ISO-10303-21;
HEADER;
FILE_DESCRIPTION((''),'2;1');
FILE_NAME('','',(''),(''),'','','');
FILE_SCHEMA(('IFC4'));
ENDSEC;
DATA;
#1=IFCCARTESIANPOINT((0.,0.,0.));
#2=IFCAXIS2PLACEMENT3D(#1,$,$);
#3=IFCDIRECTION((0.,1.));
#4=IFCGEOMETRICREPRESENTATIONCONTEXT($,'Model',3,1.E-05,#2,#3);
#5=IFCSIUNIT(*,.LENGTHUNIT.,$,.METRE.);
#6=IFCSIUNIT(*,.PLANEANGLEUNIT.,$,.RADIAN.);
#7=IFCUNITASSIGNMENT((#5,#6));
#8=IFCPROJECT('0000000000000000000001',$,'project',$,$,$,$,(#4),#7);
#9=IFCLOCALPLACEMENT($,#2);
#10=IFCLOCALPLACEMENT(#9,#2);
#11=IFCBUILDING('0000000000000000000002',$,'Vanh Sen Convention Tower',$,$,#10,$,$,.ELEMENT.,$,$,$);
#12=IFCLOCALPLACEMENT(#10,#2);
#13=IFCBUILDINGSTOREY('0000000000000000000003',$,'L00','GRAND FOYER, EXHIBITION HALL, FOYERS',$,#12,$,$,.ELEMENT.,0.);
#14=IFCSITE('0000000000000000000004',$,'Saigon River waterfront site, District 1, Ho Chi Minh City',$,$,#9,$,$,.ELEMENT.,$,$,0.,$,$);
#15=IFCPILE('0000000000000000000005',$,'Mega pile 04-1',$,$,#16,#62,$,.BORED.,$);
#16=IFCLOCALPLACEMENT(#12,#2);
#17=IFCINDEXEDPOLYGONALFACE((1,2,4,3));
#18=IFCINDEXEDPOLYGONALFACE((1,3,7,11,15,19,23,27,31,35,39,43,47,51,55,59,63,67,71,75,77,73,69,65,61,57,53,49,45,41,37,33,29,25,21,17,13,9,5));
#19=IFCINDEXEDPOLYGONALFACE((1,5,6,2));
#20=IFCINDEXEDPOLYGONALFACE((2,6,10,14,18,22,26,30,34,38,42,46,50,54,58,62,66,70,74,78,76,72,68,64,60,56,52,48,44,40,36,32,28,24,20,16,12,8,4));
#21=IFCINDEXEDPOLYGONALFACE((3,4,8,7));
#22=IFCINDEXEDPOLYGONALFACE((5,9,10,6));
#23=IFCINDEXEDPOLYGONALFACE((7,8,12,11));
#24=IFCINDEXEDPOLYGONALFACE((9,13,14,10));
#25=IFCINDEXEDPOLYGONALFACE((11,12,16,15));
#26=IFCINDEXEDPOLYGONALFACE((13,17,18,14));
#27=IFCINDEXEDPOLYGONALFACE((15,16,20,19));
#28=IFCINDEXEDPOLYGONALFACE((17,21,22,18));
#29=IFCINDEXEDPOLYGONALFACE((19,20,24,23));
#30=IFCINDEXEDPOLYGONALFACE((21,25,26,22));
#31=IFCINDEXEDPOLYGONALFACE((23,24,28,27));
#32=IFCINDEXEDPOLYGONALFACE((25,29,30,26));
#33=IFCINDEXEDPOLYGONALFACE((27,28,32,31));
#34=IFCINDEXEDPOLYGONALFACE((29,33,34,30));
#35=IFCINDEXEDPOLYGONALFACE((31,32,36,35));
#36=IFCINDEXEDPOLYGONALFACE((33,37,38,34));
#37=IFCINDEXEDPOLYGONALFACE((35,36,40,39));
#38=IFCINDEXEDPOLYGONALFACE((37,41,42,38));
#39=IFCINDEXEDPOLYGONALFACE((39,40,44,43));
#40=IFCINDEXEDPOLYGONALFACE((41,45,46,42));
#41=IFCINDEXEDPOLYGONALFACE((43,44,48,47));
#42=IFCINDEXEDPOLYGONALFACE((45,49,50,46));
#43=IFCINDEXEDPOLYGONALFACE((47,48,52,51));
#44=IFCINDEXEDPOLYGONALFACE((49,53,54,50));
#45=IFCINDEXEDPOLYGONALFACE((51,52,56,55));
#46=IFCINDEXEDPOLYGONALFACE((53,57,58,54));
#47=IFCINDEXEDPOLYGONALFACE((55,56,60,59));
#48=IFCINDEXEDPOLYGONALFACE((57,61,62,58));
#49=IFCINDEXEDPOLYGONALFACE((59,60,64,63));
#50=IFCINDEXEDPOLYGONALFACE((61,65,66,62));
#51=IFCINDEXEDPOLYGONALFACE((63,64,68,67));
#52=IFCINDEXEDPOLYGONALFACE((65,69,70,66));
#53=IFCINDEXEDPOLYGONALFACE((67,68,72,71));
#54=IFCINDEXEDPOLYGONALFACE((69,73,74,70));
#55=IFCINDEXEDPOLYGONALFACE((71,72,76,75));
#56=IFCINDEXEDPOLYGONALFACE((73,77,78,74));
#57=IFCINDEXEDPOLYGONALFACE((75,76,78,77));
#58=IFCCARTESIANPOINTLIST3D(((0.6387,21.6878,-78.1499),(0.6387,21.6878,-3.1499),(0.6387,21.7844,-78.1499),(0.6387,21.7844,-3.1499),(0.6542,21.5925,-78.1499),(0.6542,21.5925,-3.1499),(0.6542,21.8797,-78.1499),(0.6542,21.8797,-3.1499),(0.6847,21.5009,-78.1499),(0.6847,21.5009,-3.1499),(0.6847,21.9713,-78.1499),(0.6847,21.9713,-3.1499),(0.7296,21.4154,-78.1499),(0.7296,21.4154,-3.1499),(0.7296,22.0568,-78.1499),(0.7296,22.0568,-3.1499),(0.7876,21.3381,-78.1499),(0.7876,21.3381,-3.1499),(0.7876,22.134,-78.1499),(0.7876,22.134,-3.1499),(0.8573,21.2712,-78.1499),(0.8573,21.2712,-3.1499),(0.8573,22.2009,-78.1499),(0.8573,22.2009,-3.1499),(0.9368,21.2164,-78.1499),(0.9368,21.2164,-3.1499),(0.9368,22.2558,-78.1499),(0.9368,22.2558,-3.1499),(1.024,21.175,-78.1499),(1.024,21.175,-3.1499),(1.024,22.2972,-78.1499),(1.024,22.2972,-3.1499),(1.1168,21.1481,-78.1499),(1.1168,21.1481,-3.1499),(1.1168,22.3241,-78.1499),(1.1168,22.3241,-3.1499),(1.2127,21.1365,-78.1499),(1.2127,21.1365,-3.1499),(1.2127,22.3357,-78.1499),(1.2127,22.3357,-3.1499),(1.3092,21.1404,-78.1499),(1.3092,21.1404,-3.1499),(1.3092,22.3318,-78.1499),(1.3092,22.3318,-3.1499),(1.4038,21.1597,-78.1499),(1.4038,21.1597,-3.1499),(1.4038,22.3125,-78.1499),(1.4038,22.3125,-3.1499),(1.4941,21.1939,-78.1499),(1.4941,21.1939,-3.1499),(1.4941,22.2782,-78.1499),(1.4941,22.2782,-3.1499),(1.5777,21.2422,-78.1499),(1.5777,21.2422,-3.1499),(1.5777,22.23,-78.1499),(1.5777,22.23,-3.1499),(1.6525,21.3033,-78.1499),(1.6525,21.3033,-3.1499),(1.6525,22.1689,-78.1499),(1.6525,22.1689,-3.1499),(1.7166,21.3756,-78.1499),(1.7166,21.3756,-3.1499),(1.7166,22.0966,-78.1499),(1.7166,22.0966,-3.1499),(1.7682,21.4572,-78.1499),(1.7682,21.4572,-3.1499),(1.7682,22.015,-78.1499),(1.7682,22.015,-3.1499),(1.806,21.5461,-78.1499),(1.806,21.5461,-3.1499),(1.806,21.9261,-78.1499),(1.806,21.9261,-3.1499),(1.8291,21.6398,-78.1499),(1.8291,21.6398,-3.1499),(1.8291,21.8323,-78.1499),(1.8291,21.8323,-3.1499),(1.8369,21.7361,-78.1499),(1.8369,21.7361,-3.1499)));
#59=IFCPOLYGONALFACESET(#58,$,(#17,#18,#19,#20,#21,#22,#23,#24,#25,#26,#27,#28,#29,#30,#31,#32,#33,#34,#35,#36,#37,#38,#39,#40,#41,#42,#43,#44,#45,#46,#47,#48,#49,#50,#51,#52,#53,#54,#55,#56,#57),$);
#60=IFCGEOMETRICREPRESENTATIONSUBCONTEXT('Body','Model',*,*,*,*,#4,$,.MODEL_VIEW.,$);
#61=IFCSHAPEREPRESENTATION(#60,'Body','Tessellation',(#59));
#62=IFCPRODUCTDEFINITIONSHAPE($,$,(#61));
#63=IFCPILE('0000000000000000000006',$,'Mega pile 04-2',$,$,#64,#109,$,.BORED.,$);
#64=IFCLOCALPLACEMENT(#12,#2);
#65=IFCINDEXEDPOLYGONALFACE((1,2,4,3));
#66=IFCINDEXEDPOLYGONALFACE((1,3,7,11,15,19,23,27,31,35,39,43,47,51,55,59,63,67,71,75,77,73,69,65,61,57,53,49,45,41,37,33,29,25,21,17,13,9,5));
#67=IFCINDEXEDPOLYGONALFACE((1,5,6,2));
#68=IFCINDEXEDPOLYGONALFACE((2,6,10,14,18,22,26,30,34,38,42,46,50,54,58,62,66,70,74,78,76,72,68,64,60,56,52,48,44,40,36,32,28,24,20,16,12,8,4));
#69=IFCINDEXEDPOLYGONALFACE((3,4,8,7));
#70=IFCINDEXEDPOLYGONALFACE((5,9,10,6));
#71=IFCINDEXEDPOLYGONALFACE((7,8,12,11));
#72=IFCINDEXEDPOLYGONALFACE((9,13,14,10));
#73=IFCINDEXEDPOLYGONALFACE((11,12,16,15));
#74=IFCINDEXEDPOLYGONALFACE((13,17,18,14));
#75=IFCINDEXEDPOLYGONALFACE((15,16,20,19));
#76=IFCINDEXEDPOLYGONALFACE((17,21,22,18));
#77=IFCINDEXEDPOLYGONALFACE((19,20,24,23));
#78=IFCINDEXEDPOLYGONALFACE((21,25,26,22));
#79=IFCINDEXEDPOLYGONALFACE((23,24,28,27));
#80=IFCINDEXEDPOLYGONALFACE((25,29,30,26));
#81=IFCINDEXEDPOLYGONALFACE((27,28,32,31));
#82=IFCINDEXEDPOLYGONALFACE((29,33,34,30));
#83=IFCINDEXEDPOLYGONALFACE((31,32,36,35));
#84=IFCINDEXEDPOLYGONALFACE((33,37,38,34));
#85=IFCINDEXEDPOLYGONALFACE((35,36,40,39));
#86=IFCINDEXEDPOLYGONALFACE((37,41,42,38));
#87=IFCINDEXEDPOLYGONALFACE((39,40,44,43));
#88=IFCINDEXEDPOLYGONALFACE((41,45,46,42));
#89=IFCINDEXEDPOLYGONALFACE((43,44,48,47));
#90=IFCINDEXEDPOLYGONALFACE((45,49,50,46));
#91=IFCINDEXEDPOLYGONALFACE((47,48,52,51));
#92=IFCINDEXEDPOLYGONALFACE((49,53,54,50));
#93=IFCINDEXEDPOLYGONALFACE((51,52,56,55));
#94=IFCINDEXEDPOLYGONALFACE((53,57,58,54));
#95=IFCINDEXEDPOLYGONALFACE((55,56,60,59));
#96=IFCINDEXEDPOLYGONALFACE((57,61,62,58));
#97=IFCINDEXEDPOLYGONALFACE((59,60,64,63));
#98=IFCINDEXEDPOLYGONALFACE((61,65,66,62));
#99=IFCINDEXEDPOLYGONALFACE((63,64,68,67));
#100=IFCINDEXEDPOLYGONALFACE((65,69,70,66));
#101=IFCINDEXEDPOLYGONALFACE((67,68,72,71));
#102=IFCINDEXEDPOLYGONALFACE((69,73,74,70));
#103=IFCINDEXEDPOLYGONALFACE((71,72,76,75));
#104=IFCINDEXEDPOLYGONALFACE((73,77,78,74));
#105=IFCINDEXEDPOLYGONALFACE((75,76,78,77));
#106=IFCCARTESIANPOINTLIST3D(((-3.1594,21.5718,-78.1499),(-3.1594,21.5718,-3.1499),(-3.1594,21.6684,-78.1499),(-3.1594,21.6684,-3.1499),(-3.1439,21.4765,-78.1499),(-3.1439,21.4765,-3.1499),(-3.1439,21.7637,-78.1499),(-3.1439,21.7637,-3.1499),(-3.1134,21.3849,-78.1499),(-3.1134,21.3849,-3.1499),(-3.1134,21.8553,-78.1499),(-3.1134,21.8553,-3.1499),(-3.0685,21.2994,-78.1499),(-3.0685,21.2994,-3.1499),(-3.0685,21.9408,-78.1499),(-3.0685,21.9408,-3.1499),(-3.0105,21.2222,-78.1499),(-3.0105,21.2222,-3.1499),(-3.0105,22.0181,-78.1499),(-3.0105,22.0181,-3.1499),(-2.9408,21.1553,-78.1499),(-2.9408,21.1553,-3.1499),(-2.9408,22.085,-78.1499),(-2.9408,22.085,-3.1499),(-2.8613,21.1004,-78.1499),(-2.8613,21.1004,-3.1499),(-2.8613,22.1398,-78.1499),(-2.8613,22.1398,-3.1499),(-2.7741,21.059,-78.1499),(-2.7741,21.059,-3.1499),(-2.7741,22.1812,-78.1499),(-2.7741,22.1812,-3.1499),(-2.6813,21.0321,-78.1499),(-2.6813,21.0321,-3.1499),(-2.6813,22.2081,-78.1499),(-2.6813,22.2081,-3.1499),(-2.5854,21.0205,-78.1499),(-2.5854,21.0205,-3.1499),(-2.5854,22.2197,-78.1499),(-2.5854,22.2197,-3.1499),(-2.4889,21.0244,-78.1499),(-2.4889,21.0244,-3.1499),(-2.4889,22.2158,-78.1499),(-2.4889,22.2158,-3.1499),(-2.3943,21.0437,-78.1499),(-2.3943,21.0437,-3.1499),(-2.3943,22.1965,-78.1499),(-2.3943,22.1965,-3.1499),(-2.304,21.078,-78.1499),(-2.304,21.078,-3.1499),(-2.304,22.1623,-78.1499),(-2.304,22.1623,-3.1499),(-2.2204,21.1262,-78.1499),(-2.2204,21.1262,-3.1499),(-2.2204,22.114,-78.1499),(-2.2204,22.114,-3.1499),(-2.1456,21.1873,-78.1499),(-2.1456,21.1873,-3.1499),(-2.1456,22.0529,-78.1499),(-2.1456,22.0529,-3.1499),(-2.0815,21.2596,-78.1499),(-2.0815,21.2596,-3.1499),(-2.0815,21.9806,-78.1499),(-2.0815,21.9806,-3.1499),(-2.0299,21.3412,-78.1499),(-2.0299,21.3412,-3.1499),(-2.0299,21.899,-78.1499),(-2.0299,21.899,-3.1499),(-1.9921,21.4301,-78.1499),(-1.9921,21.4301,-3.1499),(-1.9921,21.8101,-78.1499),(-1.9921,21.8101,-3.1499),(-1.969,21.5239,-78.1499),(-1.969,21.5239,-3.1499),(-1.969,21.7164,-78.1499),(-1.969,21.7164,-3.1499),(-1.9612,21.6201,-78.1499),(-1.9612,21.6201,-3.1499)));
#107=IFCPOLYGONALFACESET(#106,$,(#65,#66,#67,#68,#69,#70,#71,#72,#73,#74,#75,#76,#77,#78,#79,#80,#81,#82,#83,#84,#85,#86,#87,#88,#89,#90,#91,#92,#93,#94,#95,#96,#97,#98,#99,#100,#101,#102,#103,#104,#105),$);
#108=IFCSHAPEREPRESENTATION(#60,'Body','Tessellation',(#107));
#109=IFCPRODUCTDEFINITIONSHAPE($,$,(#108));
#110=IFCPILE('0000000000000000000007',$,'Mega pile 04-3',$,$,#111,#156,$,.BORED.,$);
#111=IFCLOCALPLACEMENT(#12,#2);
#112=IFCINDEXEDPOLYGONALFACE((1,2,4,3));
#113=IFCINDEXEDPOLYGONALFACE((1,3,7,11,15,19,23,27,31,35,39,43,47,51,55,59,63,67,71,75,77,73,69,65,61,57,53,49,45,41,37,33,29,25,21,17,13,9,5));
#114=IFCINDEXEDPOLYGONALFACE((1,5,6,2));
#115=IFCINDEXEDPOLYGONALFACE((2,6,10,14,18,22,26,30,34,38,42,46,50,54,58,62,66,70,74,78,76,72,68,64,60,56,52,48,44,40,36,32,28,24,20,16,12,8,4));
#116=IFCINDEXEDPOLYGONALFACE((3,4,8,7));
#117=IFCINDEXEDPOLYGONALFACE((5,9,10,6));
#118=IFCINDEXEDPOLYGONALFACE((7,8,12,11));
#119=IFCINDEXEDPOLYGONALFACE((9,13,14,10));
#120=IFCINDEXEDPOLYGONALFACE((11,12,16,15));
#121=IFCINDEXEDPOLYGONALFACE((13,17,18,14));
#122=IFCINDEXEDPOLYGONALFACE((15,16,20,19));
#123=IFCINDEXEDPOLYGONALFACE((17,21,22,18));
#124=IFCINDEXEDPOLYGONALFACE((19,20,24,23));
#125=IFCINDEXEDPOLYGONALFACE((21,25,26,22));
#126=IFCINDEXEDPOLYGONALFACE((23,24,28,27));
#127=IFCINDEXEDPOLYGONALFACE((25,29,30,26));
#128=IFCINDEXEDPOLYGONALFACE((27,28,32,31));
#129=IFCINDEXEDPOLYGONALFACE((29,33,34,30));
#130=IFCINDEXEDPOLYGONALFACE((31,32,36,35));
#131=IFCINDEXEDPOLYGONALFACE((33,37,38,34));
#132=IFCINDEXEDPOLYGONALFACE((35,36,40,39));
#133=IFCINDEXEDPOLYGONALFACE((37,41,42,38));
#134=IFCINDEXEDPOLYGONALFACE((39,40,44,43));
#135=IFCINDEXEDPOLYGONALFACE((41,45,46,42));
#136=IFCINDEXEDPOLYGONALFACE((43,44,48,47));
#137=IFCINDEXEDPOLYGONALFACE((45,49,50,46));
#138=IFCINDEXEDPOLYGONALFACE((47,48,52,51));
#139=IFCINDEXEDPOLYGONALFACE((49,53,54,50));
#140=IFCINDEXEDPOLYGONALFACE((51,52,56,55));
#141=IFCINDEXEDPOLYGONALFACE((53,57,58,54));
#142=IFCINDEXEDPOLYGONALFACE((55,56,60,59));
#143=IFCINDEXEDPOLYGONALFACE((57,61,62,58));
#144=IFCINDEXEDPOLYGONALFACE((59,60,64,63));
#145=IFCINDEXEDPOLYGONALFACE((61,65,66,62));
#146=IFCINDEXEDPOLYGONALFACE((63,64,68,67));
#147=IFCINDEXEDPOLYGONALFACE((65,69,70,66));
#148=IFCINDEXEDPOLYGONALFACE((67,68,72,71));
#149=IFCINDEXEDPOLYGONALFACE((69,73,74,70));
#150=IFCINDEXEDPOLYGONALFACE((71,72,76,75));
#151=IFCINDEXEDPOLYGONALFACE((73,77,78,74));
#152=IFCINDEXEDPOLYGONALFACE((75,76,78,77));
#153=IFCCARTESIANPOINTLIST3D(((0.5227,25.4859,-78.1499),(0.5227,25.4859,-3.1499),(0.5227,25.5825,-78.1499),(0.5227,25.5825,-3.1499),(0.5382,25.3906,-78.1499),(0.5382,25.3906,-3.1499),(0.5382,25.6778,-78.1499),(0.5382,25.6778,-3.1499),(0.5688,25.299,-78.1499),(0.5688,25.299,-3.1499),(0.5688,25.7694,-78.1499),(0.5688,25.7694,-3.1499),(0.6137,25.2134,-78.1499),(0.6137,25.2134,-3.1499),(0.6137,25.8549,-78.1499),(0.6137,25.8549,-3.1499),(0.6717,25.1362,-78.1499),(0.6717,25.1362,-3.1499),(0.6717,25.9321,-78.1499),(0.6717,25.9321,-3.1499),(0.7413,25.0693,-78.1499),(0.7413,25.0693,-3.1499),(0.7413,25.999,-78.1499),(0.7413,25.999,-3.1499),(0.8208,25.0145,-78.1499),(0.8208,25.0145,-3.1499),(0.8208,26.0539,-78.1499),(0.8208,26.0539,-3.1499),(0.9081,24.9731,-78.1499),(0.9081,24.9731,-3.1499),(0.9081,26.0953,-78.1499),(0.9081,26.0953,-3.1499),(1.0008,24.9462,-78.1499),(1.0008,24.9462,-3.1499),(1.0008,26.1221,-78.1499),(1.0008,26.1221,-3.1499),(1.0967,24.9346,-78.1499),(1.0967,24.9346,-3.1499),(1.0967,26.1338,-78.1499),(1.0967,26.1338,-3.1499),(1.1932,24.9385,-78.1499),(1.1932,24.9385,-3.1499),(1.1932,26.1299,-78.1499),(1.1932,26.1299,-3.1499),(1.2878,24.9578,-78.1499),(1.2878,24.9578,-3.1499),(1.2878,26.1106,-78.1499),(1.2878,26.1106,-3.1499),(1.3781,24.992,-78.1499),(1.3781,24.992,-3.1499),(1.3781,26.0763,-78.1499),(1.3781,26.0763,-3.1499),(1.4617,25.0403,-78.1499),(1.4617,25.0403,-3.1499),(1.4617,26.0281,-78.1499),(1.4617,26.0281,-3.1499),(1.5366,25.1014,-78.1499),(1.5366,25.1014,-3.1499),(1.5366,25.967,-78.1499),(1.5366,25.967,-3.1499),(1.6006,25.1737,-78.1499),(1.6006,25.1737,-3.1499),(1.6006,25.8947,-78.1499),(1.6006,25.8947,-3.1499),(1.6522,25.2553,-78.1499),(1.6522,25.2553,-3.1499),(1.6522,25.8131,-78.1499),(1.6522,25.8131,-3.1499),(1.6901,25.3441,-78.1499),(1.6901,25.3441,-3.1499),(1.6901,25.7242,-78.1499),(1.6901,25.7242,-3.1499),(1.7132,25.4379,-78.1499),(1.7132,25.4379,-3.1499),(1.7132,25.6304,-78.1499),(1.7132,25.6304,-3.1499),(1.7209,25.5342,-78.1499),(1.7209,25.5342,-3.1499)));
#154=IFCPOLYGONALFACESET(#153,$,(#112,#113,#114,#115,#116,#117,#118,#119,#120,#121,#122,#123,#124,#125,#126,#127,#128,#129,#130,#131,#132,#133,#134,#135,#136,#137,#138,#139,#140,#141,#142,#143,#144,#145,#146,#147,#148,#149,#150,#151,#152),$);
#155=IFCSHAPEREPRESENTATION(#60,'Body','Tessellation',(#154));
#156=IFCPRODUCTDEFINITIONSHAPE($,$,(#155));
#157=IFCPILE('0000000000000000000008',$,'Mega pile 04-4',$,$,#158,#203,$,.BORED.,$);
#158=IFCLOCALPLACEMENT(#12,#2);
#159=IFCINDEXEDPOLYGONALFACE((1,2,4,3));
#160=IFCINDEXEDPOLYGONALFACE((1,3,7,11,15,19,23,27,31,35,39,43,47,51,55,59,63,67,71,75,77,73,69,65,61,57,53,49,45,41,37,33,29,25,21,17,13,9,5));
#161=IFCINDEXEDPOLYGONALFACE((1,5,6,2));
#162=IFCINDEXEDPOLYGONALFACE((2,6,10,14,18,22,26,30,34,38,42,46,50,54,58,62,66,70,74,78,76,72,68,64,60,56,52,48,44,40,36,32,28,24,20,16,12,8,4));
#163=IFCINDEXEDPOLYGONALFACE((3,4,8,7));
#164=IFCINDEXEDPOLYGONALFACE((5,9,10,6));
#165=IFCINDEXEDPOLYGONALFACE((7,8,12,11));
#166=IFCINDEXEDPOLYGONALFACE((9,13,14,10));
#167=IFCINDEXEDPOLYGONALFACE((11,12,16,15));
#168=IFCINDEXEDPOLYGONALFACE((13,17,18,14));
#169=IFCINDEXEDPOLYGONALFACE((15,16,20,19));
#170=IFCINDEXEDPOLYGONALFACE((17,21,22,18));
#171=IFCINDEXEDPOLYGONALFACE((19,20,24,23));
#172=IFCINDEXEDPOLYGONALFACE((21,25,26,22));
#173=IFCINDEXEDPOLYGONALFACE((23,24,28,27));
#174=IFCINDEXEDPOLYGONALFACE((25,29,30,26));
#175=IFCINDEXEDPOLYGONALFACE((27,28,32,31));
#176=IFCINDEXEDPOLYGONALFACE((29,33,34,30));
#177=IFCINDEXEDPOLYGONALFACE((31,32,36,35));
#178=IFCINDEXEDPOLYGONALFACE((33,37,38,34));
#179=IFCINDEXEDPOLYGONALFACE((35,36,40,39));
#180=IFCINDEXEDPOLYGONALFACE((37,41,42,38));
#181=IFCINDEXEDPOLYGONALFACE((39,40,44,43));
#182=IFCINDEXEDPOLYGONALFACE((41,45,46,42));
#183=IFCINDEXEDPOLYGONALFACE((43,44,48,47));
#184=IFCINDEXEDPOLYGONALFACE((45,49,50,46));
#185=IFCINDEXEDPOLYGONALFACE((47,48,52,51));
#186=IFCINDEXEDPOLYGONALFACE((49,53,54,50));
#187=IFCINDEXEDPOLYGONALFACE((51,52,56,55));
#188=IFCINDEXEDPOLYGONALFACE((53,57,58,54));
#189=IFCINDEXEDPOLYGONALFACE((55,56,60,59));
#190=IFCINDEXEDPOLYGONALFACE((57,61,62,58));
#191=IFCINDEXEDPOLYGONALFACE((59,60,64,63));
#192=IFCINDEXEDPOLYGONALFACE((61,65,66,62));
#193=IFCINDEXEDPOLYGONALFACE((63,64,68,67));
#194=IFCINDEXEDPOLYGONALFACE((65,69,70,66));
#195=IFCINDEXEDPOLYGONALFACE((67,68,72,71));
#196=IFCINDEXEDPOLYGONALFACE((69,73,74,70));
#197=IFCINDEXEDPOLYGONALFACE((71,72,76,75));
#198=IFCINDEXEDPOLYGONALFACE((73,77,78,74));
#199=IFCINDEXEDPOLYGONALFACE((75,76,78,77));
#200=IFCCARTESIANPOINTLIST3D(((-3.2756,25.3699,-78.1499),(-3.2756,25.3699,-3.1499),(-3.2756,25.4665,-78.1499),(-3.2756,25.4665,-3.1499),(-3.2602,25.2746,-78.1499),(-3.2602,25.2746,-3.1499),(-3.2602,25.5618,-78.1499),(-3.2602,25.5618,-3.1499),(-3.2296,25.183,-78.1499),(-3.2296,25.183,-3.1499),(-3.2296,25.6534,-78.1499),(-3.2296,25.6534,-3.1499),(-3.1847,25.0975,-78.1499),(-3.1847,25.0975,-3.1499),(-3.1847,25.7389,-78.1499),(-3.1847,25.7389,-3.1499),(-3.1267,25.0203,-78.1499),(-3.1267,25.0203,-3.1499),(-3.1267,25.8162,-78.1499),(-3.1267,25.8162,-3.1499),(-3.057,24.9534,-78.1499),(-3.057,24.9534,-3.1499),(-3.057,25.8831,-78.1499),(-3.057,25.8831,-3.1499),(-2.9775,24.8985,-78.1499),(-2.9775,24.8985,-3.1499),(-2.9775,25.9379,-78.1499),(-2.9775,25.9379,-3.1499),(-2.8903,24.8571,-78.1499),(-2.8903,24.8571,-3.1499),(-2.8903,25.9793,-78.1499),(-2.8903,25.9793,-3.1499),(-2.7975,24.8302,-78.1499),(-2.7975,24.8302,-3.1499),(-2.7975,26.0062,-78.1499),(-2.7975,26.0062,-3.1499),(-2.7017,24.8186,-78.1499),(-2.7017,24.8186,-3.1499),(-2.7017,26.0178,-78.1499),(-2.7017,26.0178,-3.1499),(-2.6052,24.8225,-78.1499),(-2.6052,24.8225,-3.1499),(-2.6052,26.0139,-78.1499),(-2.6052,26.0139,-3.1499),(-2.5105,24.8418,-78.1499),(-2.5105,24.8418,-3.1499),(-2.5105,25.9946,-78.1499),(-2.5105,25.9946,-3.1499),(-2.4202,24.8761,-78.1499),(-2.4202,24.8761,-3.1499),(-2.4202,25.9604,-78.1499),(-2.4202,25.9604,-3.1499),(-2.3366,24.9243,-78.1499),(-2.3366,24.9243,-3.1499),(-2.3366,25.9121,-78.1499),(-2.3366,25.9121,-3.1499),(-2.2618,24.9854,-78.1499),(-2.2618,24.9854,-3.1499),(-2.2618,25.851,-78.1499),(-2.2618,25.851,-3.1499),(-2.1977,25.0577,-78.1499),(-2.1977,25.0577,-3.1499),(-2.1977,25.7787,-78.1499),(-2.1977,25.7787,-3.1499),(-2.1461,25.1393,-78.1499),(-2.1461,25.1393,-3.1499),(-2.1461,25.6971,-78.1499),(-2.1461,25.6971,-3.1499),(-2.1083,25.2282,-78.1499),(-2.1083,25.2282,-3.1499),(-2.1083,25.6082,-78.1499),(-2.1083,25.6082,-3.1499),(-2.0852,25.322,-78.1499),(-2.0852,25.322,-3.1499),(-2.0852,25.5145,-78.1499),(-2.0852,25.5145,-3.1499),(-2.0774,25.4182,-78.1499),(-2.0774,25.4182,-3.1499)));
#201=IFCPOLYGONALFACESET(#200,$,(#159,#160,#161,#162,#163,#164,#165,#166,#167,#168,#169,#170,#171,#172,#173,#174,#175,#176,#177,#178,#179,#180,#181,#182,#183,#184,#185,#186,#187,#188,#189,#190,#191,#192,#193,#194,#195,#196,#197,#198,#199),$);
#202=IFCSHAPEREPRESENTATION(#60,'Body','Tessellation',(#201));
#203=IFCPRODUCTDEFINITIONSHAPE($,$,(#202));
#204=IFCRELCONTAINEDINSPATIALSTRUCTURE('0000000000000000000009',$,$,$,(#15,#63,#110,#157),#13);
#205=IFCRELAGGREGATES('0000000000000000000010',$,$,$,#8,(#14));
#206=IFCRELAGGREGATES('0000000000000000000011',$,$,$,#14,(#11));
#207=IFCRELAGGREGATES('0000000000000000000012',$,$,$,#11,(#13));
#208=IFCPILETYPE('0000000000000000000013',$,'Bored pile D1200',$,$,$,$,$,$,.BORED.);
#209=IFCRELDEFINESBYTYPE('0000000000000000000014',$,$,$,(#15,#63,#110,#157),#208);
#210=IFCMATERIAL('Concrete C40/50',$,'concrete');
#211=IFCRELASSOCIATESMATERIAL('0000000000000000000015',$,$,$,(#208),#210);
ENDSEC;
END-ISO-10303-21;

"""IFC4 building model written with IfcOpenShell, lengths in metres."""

from ifc_helpers import new_model, si_unit, direction, frame, origin, origin_2d, place, context, subcontext, project, spatial, circle, extrude, material, material_profile, profile_set, type_object, element, save


model = new_model("IFC4")

# Units and contexts
model_context = context("Model", 3, precision=1e-05, world=origin(), true_north=direction((0.0, 1.0)))
body_context = subcontext(model_context, "Body", "Model", "MODEL_VIEW")
ifc_project = project(units=[si_unit("LENGTHUNIT", "METRE"), si_unit("PLANEANGLEUNIT", "RADIAN")], contexts=[model_context])

# Site, building, storey
site_placement = place(None, origin())
site = spatial("IfcSite", under=ifc_project, at=site_placement, Name="Saigon River waterfront site, District 1, Ho Chi Minh City", CompositionType="ELEMENT", RefElevation=0.0)
building_placement = place(site_placement, origin())
building = spatial("IfcBuilding", under=site, at=building_placement, Name="Vanh Sen Convention Tower", CompositionType="ELEMENT")
storey_placement = place(building_placement, origin())
storey = spatial("IfcBuildingStorey", under=building, at=storey_placement, Name="L00", Description="GRAND FOYER, EXHIBITION HALL, FOYERS", CompositionType="ELEMENT", Elevation=0.0)

# Piles
ifc_material_1 = material(Name="Concrete C40/50", Category="concrete")
ifc_material_profile_1 = material_profile(ifc_material_1, circle(Radius=0.6001, at=origin_2d()), Name="Bored pile D1200")
ifc_profile_set_1 = profile_set([ifc_material_profile_1], Name="Concrete C40/50")
pile_type_1 = type_object("IfcPileType", Name="Bored pile D1200", PredefinedType="BORED", material=ifc_profile_set_1)
for number, where, z_axis, x_axis, name in (
    (1, (1.2368, 21.7361, -3.1499), (0.0, 0.0, -1.0), (1.0, 0.0, 0.0), "Mega pile 04-1"),
    (2, (-2.5613, 21.6201, -3.1499), (0.0, 0.0, -1.0), (1.0, 0.0, 0.0), "Mega pile 04-2"),
    (3, (1.1208, 25.5342, -3.1499), (0.0, 0.0, -1.0), (1.0, 0.0, 0.0), "Mega pile 04-3"),
    (4, (-2.6775, 25.4182, -3.1499), (0.0, 0.0, -1.0), (1.0, 0.0, 0.0), "Mega pile 04-4"),
):
    element("IfcPile", number, at=place(storey_placement, frame(where, z_axis=z_axis, x_axis=x_axis)), inside=storey, type_object=pile_type_1, Name=name, PredefinedType="BORED", context=body_context, shape_type="SweptSolid", body=[
        extrude(circle(Radius=0.6001, at=origin_2d()), origin(), (0.0, 0.0, 1.0), 75.0),
    ])

save(model, "model.ifc")
